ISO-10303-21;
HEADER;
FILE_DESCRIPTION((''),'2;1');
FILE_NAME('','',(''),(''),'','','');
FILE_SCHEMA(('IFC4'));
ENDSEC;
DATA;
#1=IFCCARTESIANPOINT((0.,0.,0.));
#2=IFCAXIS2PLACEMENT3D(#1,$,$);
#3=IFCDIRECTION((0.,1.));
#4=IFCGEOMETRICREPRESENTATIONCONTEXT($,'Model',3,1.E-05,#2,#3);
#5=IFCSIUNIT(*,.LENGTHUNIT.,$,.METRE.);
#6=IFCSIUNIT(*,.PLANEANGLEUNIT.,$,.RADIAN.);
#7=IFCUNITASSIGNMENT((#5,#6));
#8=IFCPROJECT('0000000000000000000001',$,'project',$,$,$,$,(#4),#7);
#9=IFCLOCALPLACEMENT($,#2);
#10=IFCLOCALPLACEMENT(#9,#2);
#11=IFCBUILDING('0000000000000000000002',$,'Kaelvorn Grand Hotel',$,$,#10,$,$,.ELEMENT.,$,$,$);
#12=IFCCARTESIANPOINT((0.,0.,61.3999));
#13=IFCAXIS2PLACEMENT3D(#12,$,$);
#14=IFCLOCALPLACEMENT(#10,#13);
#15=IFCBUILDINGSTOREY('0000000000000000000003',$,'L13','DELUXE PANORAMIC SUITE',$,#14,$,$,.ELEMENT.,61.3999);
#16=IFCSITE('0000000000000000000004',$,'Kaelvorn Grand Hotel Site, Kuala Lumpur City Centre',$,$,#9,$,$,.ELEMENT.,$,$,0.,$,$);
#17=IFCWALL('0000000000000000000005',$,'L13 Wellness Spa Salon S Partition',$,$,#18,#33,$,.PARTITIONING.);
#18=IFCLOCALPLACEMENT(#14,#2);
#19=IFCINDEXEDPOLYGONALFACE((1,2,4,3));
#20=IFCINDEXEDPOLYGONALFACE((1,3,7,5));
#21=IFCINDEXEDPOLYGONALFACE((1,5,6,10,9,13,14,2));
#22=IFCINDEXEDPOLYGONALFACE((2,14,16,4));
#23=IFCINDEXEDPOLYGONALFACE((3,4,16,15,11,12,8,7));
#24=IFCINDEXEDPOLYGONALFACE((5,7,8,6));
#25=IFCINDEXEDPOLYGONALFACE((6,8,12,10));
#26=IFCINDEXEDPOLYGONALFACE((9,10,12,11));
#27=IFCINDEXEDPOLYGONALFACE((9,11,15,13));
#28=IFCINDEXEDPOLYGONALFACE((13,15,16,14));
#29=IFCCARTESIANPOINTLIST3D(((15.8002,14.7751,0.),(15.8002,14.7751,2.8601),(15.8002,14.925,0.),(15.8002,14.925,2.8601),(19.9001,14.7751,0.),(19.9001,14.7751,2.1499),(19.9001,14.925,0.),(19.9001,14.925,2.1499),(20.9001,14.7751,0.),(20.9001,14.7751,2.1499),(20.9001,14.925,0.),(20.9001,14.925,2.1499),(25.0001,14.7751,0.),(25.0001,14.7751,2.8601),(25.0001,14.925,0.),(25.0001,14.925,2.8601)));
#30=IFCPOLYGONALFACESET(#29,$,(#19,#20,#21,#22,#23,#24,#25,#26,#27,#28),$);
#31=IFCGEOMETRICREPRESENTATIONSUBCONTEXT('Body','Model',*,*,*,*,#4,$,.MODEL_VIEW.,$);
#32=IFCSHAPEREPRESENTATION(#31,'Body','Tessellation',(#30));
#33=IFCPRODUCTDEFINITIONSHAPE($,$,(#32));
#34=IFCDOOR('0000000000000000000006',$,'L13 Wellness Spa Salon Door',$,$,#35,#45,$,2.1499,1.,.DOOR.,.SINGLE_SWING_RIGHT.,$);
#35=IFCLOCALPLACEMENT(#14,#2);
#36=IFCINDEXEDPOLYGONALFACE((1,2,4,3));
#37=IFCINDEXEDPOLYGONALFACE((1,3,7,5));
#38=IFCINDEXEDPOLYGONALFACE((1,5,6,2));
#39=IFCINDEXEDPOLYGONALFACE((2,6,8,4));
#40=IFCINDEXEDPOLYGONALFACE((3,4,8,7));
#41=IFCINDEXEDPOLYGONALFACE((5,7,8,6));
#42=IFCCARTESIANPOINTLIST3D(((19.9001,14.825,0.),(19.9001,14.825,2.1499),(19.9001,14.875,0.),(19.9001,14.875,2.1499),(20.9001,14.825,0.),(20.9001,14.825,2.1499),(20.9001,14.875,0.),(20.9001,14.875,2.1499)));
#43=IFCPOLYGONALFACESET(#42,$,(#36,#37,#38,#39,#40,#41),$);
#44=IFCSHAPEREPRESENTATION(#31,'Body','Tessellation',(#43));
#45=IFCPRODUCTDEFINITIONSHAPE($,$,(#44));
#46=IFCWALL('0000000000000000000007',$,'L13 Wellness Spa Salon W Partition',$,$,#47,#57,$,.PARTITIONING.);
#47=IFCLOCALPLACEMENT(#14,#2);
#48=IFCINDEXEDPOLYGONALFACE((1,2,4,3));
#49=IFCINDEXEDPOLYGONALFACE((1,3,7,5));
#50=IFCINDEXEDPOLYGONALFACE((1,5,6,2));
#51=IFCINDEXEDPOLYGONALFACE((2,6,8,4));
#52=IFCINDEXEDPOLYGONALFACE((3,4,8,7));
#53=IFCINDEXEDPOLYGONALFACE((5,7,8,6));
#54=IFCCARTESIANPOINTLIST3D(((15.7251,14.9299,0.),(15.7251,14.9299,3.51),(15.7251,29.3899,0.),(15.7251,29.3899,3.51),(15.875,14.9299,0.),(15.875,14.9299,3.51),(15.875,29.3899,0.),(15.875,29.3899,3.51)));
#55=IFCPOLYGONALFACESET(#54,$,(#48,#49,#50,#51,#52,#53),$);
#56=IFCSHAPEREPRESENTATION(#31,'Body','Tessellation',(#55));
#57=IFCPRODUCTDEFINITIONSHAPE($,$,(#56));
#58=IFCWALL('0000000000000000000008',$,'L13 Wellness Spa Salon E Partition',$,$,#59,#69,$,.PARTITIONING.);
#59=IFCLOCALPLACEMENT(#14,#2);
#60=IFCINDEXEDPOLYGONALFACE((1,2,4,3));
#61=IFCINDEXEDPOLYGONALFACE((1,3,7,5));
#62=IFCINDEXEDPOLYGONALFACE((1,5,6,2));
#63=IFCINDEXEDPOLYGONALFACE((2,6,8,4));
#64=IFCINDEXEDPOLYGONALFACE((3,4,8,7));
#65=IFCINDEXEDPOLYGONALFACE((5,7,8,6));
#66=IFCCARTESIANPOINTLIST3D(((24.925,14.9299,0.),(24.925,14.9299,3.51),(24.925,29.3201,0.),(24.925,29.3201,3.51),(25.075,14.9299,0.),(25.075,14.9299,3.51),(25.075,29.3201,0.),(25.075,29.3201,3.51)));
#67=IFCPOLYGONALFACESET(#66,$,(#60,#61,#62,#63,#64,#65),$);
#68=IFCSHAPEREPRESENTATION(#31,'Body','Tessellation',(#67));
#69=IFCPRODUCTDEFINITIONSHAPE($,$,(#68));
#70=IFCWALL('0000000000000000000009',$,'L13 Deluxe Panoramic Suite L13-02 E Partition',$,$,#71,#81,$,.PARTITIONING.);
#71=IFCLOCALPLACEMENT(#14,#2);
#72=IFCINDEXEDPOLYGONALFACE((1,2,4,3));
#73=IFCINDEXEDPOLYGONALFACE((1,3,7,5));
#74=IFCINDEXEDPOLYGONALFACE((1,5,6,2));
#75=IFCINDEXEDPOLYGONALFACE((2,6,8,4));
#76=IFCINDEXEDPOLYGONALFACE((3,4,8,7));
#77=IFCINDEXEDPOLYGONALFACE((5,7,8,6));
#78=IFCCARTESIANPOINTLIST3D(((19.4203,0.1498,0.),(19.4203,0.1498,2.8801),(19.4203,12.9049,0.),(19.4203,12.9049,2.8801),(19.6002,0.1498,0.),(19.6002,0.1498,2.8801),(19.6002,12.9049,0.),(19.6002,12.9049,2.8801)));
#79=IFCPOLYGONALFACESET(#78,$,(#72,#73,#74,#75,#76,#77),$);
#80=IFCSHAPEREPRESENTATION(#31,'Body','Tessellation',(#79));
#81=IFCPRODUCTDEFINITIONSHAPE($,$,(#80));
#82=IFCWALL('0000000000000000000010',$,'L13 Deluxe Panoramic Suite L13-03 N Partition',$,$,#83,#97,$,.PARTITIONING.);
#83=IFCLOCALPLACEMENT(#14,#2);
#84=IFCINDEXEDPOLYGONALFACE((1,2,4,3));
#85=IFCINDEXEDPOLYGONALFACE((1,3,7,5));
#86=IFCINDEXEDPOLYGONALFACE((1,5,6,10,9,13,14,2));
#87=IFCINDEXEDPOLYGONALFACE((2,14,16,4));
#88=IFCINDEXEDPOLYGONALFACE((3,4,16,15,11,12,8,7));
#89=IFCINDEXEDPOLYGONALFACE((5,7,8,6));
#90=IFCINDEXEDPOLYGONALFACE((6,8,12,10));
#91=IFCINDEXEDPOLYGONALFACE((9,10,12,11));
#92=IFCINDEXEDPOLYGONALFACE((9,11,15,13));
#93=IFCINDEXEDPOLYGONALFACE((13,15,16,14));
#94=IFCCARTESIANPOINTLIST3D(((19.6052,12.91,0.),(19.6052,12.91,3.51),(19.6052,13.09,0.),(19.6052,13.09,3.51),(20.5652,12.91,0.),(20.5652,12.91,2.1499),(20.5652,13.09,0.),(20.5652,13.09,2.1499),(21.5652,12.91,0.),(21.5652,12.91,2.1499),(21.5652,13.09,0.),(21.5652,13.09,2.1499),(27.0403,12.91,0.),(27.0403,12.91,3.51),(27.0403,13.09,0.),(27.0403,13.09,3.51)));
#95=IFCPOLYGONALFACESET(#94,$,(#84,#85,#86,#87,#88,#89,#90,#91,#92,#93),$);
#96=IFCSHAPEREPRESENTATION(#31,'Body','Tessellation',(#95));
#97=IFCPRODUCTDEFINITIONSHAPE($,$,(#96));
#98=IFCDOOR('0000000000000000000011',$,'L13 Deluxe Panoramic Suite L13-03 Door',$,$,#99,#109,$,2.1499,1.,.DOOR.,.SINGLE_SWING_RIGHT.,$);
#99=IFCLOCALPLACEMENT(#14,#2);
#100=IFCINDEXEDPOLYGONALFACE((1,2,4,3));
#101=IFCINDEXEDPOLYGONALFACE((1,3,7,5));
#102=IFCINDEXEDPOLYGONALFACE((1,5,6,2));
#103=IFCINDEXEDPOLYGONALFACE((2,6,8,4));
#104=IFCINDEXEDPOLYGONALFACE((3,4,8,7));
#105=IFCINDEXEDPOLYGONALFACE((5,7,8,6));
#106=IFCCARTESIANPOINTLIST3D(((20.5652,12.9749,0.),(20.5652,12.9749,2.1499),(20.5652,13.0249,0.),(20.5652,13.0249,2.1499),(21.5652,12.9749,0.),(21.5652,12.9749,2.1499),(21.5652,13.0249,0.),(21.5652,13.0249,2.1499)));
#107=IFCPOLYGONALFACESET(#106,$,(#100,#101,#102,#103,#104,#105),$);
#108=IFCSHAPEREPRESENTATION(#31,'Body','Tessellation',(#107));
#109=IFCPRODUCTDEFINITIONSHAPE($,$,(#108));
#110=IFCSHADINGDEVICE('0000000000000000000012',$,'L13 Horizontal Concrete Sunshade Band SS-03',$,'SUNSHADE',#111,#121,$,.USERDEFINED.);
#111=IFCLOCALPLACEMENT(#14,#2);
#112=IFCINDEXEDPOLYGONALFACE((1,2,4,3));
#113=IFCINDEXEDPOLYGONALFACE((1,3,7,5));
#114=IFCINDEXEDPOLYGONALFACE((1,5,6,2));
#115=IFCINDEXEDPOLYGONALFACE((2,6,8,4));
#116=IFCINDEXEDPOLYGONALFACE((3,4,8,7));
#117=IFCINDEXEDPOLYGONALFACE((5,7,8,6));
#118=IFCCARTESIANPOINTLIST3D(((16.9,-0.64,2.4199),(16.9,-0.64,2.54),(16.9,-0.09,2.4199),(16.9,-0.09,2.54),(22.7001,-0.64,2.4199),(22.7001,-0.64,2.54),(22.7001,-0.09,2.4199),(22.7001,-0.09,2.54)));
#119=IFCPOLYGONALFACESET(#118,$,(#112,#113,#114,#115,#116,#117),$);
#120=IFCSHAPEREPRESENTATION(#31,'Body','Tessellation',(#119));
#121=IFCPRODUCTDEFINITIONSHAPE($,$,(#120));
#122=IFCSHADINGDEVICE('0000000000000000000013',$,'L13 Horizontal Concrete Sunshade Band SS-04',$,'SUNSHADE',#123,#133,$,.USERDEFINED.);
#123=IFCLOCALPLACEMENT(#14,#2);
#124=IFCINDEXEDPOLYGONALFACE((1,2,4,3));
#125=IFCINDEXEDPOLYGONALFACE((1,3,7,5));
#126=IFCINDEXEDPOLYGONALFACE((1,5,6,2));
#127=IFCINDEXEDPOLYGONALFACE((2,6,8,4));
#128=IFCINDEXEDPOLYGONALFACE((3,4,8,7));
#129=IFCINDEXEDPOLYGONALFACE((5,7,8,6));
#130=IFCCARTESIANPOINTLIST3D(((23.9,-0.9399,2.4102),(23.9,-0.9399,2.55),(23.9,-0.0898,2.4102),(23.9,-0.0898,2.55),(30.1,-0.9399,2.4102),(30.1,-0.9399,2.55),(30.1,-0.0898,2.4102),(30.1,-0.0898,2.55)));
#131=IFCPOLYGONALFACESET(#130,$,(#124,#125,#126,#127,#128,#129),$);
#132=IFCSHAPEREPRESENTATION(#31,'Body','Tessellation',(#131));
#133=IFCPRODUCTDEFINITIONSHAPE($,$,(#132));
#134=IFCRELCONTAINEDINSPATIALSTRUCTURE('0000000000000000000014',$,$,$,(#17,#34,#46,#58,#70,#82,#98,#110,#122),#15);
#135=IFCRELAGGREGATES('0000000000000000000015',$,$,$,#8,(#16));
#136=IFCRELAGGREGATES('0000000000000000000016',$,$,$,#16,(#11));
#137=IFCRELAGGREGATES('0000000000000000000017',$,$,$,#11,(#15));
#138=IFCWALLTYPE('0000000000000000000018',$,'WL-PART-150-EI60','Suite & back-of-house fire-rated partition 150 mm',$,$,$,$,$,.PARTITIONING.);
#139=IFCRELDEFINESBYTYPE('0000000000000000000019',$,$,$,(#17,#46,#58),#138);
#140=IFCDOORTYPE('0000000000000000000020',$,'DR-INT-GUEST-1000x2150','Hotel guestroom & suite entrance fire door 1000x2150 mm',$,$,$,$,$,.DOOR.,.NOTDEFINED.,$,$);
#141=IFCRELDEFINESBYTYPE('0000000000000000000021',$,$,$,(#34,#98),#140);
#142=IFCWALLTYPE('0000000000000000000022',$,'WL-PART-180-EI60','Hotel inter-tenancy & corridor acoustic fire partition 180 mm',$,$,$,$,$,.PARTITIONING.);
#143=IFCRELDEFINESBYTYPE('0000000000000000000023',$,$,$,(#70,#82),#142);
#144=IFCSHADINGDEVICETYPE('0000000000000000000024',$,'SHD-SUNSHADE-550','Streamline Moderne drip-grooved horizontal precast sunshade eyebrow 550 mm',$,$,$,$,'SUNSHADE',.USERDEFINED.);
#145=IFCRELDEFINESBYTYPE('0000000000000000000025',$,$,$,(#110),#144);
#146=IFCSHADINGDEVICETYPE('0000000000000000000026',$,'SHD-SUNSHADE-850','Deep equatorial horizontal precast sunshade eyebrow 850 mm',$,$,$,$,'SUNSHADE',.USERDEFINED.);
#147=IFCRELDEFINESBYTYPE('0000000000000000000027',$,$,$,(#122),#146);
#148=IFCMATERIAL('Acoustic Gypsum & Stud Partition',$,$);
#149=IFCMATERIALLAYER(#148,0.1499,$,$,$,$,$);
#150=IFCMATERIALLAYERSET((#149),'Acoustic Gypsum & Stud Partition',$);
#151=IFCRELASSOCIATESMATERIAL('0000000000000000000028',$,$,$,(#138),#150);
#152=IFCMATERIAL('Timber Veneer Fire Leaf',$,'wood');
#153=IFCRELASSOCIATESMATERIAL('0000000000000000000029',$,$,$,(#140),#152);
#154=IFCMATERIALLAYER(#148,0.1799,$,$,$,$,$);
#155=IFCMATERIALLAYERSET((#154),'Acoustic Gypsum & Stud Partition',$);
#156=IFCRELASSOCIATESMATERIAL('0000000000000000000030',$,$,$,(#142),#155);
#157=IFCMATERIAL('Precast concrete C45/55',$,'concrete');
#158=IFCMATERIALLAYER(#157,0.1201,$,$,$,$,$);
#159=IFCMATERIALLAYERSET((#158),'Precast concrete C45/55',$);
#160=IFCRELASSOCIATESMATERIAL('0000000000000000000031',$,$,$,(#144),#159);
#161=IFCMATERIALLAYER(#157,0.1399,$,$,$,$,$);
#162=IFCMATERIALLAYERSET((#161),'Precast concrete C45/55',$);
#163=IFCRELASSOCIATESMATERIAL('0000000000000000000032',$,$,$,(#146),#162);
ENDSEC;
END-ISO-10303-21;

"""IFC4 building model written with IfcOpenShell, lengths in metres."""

from ifc_helpers import new_model, si_unit, direction, frame, frame_2d, origin, origin_2d, place, context, subcontext, project, spatial, rectangle, extrude, material, layer, layer_set, type_object, element, fill, save


model = new_model("IFC4")

# Units and contexts
model_context = context("Model", 3, precision=1e-05, world=origin(), true_north=direction((0.0, 1.0)))
body_context = subcontext(model_context, "Body", "Model", "MODEL_VIEW")
ifc_project = project(units=[si_unit("LENGTHUNIT", "METRE"), si_unit("PLANEANGLEUNIT", "RADIAN")], contexts=[model_context])

# Site, building, storey
site_placement = place(None, origin())
site = spatial("IfcSite", under=ifc_project, at=site_placement, Name="Kaelvorn Grand Hotel Site, Kuala Lumpur City Centre", CompositionType="ELEMENT", RefElevation=0.0)
building_placement = place(site_placement, origin())
building = spatial("IfcBuilding", under=site, at=building_placement, Name="Kaelvorn Grand Hotel", CompositionType="ELEMENT")
storey_placement = place(building_placement, frame((0.0, 0.0, 61.3999)))
storey = spatial("IfcBuildingStorey", under=building, at=storey_placement, Name="L13", Description="DELUXE PANORAMIC SUITE", CompositionType="ELEMENT", Elevation=61.3999)

# Wall, opening, door
ifc_material_1 = material(Name="Acoustic Gypsum & Stud Partition")
ifc_layer_1 = layer(ifc_material_1, 0.1499)
ifc_layer_set_1 = layer_set([ifc_layer_1], Name="Acoustic Gypsum & Stud Partition")
wall_type_1 = type_object("IfcWallType", Name="WL-PART-150-EI60", Description="Suite & back-of-house fire-rated partition 150 mm", PredefinedType="PARTITIONING", material=ifc_layer_set_1)
wall_1_placement = place(storey_placement, frame((15.8, 14.8501, 0.0), z_axis=(0.0, 0.0, 1.0), x_axis=(1.0, 0.0, 0.0)))
wall_1 = element("IfcWall", 1, at=wall_1_placement, inside=storey, type_object=wall_type_1, Name="L13 Wellness Spa Salon S Partition", PredefinedType="PARTITIONING", context=body_context, shape_type="SweptSolid", body=[
    extrude(rectangle(XDim=9.2, YDim=0.1499, at=frame_2d((4.6001, 0.0))), origin(), (0.0, 0.0, 1.0), 2.8601),
])
opening_1_placement = place(wall_1_placement, frame((4.1001, 0.0, 0.0)))
opening_1 = element("IfcOpeningElement", 2, at=opening_1_placement, cuts=wall_1, PredefinedType="OPENING", context=body_context, shape_type="SweptSolid", body=[
    extrude(rectangle(XDim=1.0, YDim=2.1499, at=frame_2d((0.5, 1.075))), frame((0.0, 0.085, 0.0), z_axis=(0.0, -1.0, 0.0), x_axis=(1.0, 0.0, 0.0)), (0.0, 0.0, 1.0), 0.1699),
])
ifc_material_2 = material(Name="Timber Veneer Fire Leaf", Category="wood")
door_type_1 = type_object("IfcDoorType", Name="DR-INT-GUEST-1000x2150", Description="Hotel guestroom & suite entrance fire door 1000x2150 mm", OperationType="NOTDEFINED", PredefinedType="DOOR", material=ifc_material_2)
door_1_placement = place(opening_1_placement, origin())
door_1 = element("IfcDoor", 3, at=door_1_placement, inside=storey, type_object=door_type_1, Name="L13 Wellness Spa Salon Door", OperationType="SINGLE_SWING_RIGHT", OverallHeight=2.1499, OverallWidth=1.0, PredefinedType="DOOR", context=body_context, shape_type="SweptSolid", body=[
    extrude(rectangle(XDim=1.0, YDim=2.1499, at=frame_2d((0.5, 1.075))), frame((0.0, 0.0249, 0.0), z_axis=(0.0, -1.0, 0.0), x_axis=(1.0, 0.0, 0.0)), (0.0, 0.0, 1.0), 0.05),
])
fill(opening_1, door_1)

# Walls
wall_2_placement = place(storey_placement, frame((15.8, 14.9299, 0.0), z_axis=(0.0, 0.0, 1.0), x_axis=(0.0, 1.0, 0.0)))
element("IfcWall", 4, at=wall_2_placement, inside=storey, type_object=wall_type_1, Name="L13 Wellness Spa Salon W Partition", PredefinedType="PARTITIONING", context=body_context, shape_type="SweptSolid", body=[
    extrude(rectangle(XDim=14.46, YDim=0.1499, at=frame_2d((7.23, 0.0))), origin(), (0.0, 0.0, 1.0), 3.51),
])
wall_3_placement = place(storey_placement, frame((25.0, 14.9299, 0.0), z_axis=(0.0, 0.0, 1.0), x_axis=(0.0, 1.0, 0.0)))
element("IfcWall", 5, at=wall_3_placement, inside=storey, type_object=wall_type_1, Name="L13 Wellness Spa Salon E Partition", PredefinedType="PARTITIONING", context=body_context, shape_type="SweptSolid", body=[
    extrude(rectangle(XDim=14.3901, YDim=0.1499, at=frame_2d((7.1951, 0.0))), origin(), (0.0, 0.0, 1.0), 3.51),
])
ifc_layer_2 = layer(ifc_material_1, 0.1799)
ifc_layer_set_2 = layer_set([ifc_layer_2], Name="Acoustic Gypsum & Stud Partition")
wall_type_2 = type_object("IfcWallType", Name="WL-PART-180-EI60", Description="Hotel inter-tenancy & corridor acoustic fire partition 180 mm", PredefinedType="PARTITIONING", material=ifc_layer_set_2)
wall_4_placement = place(storey_placement, frame((19.5103, 0.1499, 0.0), z_axis=(0.0, 0.0, 1.0), x_axis=(0.0, 1.0, 0.0)))
element("IfcWall", 6, at=wall_4_placement, inside=storey, type_object=wall_type_2, Name="L13 Deluxe Panoramic Suite L13-02 E Partition", PredefinedType="PARTITIONING", context=body_context, shape_type="SweptSolid", body=[
    extrude(rectangle(XDim=12.7551, YDim=0.1799, at=frame_2d((6.3774, 0.0))), origin(), (0.0, 0.0, 1.0), 2.8801),
])

# Wall, opening, door
wall_5_placement = place(storey_placement, frame((19.6052, 13.0, 0.0), z_axis=(0.0, 0.0, 1.0), x_axis=(1.0, 0.0, 0.0)))
wall_5 = element("IfcWall", 7, at=wall_5_placement, inside=storey, type_object=wall_type_2, Name="L13 Deluxe Panoramic Suite L13-03 N Partition", PredefinedType="PARTITIONING", context=body_context, shape_type="SweptSolid", body=[
    extrude(rectangle(XDim=7.4351, YDim=0.1799, at=frame_2d((3.7175, 0.0))), origin(), (0.0, 0.0, 1.0), 3.51),
])
opening_2_placement = place(wall_5_placement, frame((0.96, 0.0, 0.0)))
opening_2 = element("IfcOpeningElement", 8, at=opening_2_placement, cuts=wall_5, PredefinedType="OPENING", context=body_context, shape_type="SweptSolid", body=[
    extrude(rectangle(XDim=1.0, YDim=2.1499, at=frame_2d((0.5, 1.075))), frame((0.0, 0.1001, 0.0), z_axis=(0.0, -1.0, 0.0), x_axis=(1.0, 0.0, 0.0)), (0.0, 0.0, 1.0), 0.2),
])
door_2_placement = place(opening_2_placement, origin())
door_2 = element("IfcDoor", 9, at=door_2_placement, inside=storey, type_object=door_type_1, Name="L13 Deluxe Panoramic Suite L13-03 Door", OperationType="SINGLE_SWING_RIGHT", OverallHeight=2.1499, OverallWidth=1.0, PredefinedType="DOOR", context=body_context, shape_type="SweptSolid", body=[
    extrude(rectangle(XDim=1.0, YDim=2.1499, at=frame_2d((0.5, 1.075))), frame((0.0, 0.0249, 0.0), z_axis=(0.0, -1.0, 0.0), x_axis=(1.0, 0.0, 0.0)), (0.0, 0.0, 1.0), 0.05),
])
fill(opening_2, door_2)

# Shading devices
ifc_material_3 = material(Name="Precast concrete C45/55", Category="concrete")
ifc_layer_3 = layer(ifc_material_3, 0.1201)
ifc_layer_set_3 = layer_set([ifc_layer_3], Name="Precast concrete C45/55")
shading_device_type_1 = type_object("IfcShadingDeviceType", Name="SHD-SUNSHADE-550", Description="Streamline Moderne drip-grooved horizontal precast sunshade eyebrow 550 mm", ElementType="SUNSHADE", PredefinedType="USERDEFINED", material=ifc_layer_set_3)
shading_device_1_placement = place(storey_placement, frame((19.8, -0.365, 2.4199), z_axis=(0.0, 0.0, 1.0), x_axis=(1.0, 0.0, 0.0)))
element("IfcShadingDevice", 10, at=shading_device_1_placement, inside=storey, type_object=shading_device_type_1, Name="L13 Horizontal Concrete Sunshade Band SS-03", ObjectType="SUNSHADE", PredefinedType="USERDEFINED", context=body_context, shape_type="SweptSolid", body=[
    extrude(rectangle(XDim=5.8, YDim=0.55, at=origin_2d()), origin(), (0.0, 0.0, 1.0), 0.1201),
])
ifc_layer_4 = layer(ifc_material_3, 0.1399)
ifc_layer_set_4 = layer_set([ifc_layer_4], Name="Precast concrete C45/55")
shading_device_type_2 = type_object("IfcShadingDeviceType", Name="SHD-SUNSHADE-850", Description="Deep equatorial horizontal precast sunshade eyebrow 850 mm", ElementType="SUNSHADE", PredefinedType="USERDEFINED", material=ifc_layer_set_4)
shading_device_2_placement = place(storey_placement, frame((27.0, -0.5149, 2.4102), z_axis=(0.0, 0.0, 1.0), x_axis=(1.0, 0.0, 0.0)))
element("IfcShadingDevice", 11, at=shading_device_2_placement, inside=storey, type_object=shading_device_type_2, Name="L13 Horizontal Concrete Sunshade Band SS-04", ObjectType="SUNSHADE", PredefinedType="USERDEFINED", context=body_context, shape_type="SweptSolid", body=[
    extrude(rectangle(XDim=6.2, YDim=0.8501, at=origin_2d()), origin(), (0.0, 0.0, 1.0), 0.1399),
])

save(model, "model.ifc")
